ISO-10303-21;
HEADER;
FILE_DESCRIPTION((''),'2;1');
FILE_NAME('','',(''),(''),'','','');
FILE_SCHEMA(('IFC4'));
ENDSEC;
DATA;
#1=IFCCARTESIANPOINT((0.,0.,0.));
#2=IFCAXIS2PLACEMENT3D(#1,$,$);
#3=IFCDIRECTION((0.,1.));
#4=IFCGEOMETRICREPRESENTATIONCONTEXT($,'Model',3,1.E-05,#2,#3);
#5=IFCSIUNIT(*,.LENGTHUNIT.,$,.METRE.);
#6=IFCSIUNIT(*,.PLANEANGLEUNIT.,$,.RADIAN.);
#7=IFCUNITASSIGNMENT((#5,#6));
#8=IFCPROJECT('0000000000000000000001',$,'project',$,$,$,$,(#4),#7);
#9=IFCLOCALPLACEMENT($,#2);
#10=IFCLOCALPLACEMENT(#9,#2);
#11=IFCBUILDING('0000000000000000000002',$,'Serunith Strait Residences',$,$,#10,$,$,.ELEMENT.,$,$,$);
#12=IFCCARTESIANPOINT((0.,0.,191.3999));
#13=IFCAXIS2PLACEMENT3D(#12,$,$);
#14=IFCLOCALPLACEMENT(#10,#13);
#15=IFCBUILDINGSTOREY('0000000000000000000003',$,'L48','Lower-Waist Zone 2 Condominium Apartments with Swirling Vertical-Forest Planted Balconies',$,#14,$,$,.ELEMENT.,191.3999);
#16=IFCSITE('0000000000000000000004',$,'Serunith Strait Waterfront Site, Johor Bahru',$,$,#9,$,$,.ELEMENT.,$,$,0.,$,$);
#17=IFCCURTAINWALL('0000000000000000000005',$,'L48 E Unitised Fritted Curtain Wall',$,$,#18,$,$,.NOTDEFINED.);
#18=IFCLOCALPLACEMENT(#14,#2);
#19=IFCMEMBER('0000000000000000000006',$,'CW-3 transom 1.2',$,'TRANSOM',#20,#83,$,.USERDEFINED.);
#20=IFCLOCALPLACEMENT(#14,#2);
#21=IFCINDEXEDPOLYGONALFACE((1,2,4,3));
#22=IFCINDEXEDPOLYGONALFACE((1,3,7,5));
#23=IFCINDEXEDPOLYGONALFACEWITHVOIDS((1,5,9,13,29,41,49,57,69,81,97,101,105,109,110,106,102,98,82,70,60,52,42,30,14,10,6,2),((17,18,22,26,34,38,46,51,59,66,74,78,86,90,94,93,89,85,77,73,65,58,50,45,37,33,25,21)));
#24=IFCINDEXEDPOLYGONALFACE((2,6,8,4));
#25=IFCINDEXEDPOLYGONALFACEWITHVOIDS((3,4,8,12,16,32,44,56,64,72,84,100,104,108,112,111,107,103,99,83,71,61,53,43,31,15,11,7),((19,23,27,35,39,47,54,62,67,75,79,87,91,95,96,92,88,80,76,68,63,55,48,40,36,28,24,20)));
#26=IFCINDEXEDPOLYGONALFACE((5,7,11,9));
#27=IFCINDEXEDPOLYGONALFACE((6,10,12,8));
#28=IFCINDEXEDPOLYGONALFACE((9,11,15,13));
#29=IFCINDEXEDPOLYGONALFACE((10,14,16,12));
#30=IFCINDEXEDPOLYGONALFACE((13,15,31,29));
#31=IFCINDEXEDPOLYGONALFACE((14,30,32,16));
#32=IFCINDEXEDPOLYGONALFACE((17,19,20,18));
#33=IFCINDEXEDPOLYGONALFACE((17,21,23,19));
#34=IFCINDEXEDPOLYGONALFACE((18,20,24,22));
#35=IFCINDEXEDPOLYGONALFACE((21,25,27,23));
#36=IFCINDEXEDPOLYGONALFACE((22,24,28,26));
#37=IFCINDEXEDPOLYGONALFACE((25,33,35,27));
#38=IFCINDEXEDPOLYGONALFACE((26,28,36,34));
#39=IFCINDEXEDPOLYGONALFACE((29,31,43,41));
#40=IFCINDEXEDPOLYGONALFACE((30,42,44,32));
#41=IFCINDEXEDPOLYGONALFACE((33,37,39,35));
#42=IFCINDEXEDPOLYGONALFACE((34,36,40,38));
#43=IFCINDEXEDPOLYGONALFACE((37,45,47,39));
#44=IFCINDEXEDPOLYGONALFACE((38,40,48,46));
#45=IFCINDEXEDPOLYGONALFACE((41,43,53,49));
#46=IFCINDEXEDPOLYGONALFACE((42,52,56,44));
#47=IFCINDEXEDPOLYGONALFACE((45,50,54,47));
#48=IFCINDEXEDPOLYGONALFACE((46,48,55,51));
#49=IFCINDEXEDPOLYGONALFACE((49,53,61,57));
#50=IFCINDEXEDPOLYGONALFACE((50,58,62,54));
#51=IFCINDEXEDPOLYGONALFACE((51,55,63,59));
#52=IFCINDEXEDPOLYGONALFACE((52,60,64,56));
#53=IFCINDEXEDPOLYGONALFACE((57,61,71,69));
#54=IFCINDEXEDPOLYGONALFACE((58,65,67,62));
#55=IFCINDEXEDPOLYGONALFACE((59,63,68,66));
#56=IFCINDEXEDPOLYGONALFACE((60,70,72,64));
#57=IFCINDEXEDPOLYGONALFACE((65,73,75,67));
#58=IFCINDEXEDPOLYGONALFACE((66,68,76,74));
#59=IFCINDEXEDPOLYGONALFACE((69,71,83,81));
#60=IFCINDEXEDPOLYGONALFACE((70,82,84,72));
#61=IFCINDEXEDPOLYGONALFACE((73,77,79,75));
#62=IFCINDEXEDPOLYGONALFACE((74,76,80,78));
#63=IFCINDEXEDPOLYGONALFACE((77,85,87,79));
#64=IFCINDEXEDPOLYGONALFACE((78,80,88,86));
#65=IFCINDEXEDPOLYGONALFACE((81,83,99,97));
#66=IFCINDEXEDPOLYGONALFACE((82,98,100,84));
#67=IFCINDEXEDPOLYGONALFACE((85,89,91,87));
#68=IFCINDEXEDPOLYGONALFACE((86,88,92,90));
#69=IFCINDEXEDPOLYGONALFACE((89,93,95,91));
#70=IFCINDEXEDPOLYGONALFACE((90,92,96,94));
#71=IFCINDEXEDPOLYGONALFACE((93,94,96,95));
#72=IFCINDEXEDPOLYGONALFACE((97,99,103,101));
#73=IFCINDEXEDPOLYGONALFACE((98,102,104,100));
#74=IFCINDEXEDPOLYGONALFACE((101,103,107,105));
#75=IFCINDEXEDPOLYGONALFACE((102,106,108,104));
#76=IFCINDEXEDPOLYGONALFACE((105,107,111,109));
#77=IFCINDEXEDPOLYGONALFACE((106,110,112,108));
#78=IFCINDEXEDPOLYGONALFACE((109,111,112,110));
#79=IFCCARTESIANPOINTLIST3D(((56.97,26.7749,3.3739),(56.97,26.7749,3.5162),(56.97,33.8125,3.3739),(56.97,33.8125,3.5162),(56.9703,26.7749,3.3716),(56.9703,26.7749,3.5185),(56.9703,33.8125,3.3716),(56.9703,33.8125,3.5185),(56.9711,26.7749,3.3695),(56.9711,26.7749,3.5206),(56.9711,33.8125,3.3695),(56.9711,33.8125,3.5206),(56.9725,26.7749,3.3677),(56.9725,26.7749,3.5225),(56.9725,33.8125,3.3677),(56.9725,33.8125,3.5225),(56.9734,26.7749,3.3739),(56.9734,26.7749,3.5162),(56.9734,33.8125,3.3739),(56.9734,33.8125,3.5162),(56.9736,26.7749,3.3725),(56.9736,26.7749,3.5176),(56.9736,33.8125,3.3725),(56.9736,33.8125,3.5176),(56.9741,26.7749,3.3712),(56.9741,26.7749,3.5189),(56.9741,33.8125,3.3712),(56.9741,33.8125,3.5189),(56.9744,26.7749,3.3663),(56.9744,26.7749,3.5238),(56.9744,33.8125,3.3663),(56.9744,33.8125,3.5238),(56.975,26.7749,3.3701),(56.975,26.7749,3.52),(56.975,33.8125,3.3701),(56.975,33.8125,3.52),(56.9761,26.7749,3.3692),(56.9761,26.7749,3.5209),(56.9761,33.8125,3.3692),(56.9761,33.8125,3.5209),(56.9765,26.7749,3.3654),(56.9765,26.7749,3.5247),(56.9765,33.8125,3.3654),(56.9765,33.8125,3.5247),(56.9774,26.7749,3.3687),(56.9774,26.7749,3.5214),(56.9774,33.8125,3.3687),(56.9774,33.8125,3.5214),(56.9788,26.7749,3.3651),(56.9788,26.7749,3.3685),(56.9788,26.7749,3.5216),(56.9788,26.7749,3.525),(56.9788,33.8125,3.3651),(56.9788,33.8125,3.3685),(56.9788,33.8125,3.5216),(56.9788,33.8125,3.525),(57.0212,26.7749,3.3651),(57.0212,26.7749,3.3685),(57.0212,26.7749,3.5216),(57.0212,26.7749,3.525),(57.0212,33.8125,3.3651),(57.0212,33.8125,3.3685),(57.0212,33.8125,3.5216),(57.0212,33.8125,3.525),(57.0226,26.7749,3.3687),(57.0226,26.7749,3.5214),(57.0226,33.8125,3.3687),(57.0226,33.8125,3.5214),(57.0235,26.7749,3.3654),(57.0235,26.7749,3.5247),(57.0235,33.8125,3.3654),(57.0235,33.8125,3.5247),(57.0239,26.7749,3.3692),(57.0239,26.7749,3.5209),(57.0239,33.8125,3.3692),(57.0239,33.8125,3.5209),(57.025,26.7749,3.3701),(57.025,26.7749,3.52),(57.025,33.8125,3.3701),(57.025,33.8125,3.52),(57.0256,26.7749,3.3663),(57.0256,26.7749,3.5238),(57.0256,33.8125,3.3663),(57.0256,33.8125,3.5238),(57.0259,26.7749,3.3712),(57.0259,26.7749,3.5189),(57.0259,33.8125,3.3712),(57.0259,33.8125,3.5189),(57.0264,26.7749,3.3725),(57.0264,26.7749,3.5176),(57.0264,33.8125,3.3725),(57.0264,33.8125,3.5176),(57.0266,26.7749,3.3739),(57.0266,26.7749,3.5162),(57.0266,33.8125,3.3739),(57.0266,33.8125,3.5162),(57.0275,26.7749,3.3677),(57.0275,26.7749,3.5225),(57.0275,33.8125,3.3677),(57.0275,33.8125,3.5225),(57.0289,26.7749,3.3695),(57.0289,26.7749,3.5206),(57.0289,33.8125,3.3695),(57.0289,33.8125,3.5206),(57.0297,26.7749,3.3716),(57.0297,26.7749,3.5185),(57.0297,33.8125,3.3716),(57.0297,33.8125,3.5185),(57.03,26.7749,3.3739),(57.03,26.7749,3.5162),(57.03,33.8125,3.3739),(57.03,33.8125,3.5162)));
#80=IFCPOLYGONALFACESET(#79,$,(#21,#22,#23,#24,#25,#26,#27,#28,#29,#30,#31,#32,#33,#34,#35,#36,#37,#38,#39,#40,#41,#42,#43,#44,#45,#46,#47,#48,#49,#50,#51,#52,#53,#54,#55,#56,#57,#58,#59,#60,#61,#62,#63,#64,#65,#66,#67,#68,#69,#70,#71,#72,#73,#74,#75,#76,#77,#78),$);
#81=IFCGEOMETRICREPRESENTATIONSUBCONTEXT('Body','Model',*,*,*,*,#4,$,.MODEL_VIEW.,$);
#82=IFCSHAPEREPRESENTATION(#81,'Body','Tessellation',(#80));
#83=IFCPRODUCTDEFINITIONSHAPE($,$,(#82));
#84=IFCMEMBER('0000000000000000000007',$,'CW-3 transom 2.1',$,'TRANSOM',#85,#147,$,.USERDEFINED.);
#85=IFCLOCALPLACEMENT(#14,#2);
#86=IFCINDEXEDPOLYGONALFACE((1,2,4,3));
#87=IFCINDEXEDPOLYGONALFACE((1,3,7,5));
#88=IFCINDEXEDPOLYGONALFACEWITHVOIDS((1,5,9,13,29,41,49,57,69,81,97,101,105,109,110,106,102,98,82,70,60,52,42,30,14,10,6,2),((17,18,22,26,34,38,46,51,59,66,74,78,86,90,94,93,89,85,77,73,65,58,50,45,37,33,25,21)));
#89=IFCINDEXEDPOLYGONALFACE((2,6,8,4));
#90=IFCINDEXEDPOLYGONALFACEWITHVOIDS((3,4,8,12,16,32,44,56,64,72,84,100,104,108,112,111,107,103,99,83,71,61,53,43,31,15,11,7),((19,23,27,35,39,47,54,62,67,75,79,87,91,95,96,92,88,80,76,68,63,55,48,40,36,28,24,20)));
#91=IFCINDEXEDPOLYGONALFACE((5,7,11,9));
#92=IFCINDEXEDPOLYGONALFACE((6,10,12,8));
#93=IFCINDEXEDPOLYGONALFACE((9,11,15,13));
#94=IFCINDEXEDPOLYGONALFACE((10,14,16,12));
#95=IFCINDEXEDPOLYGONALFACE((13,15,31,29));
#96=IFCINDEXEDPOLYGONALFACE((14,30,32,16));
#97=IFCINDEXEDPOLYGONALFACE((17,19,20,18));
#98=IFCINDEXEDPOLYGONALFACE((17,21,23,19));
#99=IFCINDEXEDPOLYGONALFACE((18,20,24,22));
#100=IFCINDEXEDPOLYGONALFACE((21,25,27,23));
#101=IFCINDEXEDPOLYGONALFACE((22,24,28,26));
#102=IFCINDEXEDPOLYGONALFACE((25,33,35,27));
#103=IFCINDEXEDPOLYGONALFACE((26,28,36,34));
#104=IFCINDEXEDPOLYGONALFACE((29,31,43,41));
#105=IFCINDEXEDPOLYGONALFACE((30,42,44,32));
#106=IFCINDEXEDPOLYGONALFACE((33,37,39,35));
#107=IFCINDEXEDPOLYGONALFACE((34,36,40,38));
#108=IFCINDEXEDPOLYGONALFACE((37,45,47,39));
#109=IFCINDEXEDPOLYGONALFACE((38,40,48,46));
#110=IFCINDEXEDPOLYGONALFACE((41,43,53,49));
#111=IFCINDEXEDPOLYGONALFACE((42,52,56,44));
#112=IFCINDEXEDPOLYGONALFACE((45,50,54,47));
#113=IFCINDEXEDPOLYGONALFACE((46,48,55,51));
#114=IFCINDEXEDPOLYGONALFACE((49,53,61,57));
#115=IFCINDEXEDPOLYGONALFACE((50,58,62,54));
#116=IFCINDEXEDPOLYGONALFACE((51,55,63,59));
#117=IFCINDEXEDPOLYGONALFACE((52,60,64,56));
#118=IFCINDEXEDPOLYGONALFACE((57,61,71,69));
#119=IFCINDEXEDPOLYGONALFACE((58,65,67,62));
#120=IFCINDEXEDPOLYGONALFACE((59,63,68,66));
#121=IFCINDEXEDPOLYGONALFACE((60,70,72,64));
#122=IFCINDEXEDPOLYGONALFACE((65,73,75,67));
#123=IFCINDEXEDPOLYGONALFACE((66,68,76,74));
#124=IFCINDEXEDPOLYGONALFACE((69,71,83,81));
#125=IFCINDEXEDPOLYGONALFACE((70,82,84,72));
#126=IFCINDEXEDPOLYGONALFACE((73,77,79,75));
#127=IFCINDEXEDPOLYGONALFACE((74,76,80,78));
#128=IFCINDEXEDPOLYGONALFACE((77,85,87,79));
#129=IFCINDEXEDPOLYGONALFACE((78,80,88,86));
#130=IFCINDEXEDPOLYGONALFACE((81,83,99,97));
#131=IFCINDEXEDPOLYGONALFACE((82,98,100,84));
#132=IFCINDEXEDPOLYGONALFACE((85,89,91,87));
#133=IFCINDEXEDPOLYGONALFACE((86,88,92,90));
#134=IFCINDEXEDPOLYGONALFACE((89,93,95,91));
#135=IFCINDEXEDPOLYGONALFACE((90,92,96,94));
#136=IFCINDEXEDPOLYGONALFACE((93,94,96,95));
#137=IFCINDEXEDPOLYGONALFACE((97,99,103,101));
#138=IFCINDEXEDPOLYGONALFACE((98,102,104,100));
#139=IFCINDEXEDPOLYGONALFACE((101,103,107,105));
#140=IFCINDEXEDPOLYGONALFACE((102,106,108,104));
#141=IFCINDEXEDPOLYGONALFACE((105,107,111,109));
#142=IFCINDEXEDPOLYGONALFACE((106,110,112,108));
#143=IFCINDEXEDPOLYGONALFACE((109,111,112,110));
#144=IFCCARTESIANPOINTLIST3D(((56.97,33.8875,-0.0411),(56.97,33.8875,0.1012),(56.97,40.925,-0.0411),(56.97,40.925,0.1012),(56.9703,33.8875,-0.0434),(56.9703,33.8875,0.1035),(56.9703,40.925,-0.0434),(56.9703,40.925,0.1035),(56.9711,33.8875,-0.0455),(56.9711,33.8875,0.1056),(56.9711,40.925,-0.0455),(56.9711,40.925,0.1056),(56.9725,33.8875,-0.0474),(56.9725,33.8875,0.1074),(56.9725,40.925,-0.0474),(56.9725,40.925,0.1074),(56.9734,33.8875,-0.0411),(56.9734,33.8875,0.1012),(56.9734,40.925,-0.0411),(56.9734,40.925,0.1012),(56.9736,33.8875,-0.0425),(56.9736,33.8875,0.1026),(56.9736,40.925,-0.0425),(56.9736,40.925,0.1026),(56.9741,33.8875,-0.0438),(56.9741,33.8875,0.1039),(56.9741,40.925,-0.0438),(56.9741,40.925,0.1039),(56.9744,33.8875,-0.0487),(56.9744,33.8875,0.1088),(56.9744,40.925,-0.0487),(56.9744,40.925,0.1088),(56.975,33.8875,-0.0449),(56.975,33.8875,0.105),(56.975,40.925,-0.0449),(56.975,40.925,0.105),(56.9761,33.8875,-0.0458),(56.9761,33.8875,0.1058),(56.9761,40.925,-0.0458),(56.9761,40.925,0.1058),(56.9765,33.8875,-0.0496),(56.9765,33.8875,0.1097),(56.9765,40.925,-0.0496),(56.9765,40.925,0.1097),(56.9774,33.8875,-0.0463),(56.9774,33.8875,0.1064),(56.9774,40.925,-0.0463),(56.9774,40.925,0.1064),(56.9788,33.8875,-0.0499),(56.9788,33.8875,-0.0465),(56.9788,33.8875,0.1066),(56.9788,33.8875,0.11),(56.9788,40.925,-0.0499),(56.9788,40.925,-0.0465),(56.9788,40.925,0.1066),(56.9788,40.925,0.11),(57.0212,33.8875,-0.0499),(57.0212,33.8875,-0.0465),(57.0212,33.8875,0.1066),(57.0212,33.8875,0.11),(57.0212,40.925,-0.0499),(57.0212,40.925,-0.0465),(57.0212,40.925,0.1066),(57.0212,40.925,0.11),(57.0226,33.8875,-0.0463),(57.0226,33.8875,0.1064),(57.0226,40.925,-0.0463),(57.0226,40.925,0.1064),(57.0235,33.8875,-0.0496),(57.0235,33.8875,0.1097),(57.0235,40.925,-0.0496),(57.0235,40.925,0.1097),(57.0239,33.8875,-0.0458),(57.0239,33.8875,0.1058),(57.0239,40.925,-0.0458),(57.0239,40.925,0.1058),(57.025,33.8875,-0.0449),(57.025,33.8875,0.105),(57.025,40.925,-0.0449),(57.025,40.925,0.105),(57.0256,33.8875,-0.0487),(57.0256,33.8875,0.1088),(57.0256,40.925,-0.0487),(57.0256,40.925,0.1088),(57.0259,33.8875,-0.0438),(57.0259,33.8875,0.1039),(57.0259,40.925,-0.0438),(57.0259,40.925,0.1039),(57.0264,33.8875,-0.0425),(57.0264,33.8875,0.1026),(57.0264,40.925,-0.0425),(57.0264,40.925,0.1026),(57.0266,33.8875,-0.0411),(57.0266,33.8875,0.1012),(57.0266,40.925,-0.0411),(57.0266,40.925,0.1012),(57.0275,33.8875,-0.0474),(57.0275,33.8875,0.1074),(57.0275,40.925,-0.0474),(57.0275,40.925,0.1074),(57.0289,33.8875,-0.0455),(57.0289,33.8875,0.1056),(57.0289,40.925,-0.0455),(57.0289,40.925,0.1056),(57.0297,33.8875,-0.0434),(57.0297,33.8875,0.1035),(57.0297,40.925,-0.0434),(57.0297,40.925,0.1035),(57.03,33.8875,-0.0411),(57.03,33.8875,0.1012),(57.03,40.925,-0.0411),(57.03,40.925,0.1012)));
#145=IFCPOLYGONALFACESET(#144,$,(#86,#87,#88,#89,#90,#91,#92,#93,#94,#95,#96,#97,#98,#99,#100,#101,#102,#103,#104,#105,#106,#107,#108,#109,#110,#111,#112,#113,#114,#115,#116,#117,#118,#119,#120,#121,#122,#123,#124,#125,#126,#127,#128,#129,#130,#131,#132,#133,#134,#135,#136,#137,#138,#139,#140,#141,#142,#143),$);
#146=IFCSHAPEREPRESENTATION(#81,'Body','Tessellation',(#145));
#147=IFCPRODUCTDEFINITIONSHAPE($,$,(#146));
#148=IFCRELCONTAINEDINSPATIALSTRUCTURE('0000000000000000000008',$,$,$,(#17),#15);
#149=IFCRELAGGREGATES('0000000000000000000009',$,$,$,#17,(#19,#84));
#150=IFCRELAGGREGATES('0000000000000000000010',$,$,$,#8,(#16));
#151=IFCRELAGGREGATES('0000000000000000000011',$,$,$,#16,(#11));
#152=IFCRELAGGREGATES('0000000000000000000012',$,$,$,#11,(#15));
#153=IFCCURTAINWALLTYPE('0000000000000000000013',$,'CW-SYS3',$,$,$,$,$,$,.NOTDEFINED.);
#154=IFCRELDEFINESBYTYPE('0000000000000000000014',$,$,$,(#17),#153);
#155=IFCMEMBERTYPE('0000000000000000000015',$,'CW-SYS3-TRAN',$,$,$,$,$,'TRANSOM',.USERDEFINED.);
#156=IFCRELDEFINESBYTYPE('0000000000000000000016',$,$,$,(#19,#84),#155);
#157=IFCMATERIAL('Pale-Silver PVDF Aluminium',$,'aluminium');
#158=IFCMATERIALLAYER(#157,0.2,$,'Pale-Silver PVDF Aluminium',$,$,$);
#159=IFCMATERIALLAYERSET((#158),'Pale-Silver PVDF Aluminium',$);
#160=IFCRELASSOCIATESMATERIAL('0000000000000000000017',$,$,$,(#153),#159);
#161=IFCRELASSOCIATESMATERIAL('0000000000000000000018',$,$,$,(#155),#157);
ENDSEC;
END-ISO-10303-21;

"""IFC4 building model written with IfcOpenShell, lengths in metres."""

from ifc_helpers import new_model, si_unit, direction, frame, origin, origin_2d, place, context, subcontext, project, spatial, hollow_rectangle, extrude, source, transform, mapped, material, layer, layer_set, material_profile, profile_set, type_object, element, aggregate, save


model = new_model("IFC4")

# Units and contexts
model_context = context("Model", 3, precision=1e-05, world=origin(), true_north=direction((0.0, 1.0)))
body_context = subcontext(model_context, "Body", "Model", "MODEL_VIEW")
ifc_project = project(units=[si_unit("LENGTHUNIT", "METRE"), si_unit("PLANEANGLEUNIT", "RADIAN")], contexts=[model_context])

# Site, building, storey
site_placement = place(None, origin())
site = spatial("IfcSite", under=ifc_project, at=site_placement, Name="Serunith Strait Waterfront Site, Johor Bahru", CompositionType="ELEMENT", RefElevation=0.0)
building_placement = place(site_placement, origin())
building = spatial("IfcBuilding", under=site, at=building_placement, Name="Serunith Strait Residences", CompositionType="ELEMENT")
storey_placement = place(building_placement, frame((0.0, 0.0, 191.3999)))
storey = spatial("IfcBuildingStorey", under=building, at=storey_placement, Name="L48", Description="Lower-Waist Zone 2 Condominium Apartments with Swirling Vertical-Forest Planted Balconies", CompositionType="ELEMENT", Elevation=191.3999)

# Shared definitions
ifc_material_1 = material(Name="Pale-Silver PVDF Aluminium", Category="aluminium")
ifc_layer_1 = layer(ifc_material_1, 0.2, Name="Pale-Silver PVDF Aluminium")
ifc_layer_set_1 = layer_set([ifc_layer_1], Name="Pale-Silver PVDF Aluminium")
curtain_wall_type = type_object("IfcCurtainWallType", Name="CW-SYS3", PredefinedType="NOTDEFINED", material=ifc_layer_set_1)

# Curtain wall, members
curtain_wall_1_placement = place(storey_placement, origin())
curtain_wall_1 = element("IfcCurtainWall", 1, at=curtain_wall_1_placement, inside=storey, type_object=curtain_wall_type, Name="L48 E Unitised Fritted Curtain Wall", PredefinedType="NOTDEFINED")
ifc_material_profile_1 = material_profile(ifc_material_1, hollow_rectangle(XDim=0.0601, YDim=0.1599, WallThickness=0.0034, InnerFilletRadius=0.0054, OuterFilletRadius=0.0088, at=origin_2d()), Name="ALU 160x60x3.5")
ifc_profile_set_1 = profile_set([ifc_material_profile_1], Name="Pale-Silver PVDF Aluminium")
member_type_1 = type_object("IfcMemberType", Name="CW-SYS3-TRAN", ElementType="TRANSOM", PredefinedType="USERDEFINED", material=ifc_profile_set_1)
shared_shape_1 = source(origin(), body_context, "Body", "SweptSolid", [
    extrude(hollow_rectangle(XDim=0.0601, YDim=0.1599, WallThickness=0.0034, InnerFilletRadius=0.0054, OuterFilletRadius=0.0088, at=origin_2d()), origin(), (0.0, 0.0, 1.0), 7.0376),
])
member_1_placement = place(storey_placement, frame((57.0, 26.7749, 3.4451), z_axis=(0.0, 1.0, 0.0), x_axis=(-1.0, 0.0, 0.0)))
member_1 = element("IfcMember", 2, at=member_1_placement, type_object=member_type_1, Name="CW-3 transom 1.2", ObjectType="TRANSOM", PredefinedType="USERDEFINED", context=body_context, shape_type="MappedRepresentation", body=[
    mapped(shared_shape_1, transform((0.0, 0.0, 0.0), scale=1.0)),
])
member_2_placement = place(storey_placement, frame((57.0, 33.8875, 0.03), z_axis=(0.0, 1.0, 0.0), x_axis=(-1.0, 0.0, 0.0)))
member_2 = element("IfcMember", 3, at=member_2_placement, type_object=member_type_1, Name="CW-3 transom 2.1", ObjectType="TRANSOM", PredefinedType="USERDEFINED", context=body_context, shape_type="MappedRepresentation", body=[
    mapped(shared_shape_1, transform((0.0, 0.0, 0.0), scale=1.0)),
])
aggregate(curtain_wall_1, [member_1, member_2])

save(model, "model.ifc")
